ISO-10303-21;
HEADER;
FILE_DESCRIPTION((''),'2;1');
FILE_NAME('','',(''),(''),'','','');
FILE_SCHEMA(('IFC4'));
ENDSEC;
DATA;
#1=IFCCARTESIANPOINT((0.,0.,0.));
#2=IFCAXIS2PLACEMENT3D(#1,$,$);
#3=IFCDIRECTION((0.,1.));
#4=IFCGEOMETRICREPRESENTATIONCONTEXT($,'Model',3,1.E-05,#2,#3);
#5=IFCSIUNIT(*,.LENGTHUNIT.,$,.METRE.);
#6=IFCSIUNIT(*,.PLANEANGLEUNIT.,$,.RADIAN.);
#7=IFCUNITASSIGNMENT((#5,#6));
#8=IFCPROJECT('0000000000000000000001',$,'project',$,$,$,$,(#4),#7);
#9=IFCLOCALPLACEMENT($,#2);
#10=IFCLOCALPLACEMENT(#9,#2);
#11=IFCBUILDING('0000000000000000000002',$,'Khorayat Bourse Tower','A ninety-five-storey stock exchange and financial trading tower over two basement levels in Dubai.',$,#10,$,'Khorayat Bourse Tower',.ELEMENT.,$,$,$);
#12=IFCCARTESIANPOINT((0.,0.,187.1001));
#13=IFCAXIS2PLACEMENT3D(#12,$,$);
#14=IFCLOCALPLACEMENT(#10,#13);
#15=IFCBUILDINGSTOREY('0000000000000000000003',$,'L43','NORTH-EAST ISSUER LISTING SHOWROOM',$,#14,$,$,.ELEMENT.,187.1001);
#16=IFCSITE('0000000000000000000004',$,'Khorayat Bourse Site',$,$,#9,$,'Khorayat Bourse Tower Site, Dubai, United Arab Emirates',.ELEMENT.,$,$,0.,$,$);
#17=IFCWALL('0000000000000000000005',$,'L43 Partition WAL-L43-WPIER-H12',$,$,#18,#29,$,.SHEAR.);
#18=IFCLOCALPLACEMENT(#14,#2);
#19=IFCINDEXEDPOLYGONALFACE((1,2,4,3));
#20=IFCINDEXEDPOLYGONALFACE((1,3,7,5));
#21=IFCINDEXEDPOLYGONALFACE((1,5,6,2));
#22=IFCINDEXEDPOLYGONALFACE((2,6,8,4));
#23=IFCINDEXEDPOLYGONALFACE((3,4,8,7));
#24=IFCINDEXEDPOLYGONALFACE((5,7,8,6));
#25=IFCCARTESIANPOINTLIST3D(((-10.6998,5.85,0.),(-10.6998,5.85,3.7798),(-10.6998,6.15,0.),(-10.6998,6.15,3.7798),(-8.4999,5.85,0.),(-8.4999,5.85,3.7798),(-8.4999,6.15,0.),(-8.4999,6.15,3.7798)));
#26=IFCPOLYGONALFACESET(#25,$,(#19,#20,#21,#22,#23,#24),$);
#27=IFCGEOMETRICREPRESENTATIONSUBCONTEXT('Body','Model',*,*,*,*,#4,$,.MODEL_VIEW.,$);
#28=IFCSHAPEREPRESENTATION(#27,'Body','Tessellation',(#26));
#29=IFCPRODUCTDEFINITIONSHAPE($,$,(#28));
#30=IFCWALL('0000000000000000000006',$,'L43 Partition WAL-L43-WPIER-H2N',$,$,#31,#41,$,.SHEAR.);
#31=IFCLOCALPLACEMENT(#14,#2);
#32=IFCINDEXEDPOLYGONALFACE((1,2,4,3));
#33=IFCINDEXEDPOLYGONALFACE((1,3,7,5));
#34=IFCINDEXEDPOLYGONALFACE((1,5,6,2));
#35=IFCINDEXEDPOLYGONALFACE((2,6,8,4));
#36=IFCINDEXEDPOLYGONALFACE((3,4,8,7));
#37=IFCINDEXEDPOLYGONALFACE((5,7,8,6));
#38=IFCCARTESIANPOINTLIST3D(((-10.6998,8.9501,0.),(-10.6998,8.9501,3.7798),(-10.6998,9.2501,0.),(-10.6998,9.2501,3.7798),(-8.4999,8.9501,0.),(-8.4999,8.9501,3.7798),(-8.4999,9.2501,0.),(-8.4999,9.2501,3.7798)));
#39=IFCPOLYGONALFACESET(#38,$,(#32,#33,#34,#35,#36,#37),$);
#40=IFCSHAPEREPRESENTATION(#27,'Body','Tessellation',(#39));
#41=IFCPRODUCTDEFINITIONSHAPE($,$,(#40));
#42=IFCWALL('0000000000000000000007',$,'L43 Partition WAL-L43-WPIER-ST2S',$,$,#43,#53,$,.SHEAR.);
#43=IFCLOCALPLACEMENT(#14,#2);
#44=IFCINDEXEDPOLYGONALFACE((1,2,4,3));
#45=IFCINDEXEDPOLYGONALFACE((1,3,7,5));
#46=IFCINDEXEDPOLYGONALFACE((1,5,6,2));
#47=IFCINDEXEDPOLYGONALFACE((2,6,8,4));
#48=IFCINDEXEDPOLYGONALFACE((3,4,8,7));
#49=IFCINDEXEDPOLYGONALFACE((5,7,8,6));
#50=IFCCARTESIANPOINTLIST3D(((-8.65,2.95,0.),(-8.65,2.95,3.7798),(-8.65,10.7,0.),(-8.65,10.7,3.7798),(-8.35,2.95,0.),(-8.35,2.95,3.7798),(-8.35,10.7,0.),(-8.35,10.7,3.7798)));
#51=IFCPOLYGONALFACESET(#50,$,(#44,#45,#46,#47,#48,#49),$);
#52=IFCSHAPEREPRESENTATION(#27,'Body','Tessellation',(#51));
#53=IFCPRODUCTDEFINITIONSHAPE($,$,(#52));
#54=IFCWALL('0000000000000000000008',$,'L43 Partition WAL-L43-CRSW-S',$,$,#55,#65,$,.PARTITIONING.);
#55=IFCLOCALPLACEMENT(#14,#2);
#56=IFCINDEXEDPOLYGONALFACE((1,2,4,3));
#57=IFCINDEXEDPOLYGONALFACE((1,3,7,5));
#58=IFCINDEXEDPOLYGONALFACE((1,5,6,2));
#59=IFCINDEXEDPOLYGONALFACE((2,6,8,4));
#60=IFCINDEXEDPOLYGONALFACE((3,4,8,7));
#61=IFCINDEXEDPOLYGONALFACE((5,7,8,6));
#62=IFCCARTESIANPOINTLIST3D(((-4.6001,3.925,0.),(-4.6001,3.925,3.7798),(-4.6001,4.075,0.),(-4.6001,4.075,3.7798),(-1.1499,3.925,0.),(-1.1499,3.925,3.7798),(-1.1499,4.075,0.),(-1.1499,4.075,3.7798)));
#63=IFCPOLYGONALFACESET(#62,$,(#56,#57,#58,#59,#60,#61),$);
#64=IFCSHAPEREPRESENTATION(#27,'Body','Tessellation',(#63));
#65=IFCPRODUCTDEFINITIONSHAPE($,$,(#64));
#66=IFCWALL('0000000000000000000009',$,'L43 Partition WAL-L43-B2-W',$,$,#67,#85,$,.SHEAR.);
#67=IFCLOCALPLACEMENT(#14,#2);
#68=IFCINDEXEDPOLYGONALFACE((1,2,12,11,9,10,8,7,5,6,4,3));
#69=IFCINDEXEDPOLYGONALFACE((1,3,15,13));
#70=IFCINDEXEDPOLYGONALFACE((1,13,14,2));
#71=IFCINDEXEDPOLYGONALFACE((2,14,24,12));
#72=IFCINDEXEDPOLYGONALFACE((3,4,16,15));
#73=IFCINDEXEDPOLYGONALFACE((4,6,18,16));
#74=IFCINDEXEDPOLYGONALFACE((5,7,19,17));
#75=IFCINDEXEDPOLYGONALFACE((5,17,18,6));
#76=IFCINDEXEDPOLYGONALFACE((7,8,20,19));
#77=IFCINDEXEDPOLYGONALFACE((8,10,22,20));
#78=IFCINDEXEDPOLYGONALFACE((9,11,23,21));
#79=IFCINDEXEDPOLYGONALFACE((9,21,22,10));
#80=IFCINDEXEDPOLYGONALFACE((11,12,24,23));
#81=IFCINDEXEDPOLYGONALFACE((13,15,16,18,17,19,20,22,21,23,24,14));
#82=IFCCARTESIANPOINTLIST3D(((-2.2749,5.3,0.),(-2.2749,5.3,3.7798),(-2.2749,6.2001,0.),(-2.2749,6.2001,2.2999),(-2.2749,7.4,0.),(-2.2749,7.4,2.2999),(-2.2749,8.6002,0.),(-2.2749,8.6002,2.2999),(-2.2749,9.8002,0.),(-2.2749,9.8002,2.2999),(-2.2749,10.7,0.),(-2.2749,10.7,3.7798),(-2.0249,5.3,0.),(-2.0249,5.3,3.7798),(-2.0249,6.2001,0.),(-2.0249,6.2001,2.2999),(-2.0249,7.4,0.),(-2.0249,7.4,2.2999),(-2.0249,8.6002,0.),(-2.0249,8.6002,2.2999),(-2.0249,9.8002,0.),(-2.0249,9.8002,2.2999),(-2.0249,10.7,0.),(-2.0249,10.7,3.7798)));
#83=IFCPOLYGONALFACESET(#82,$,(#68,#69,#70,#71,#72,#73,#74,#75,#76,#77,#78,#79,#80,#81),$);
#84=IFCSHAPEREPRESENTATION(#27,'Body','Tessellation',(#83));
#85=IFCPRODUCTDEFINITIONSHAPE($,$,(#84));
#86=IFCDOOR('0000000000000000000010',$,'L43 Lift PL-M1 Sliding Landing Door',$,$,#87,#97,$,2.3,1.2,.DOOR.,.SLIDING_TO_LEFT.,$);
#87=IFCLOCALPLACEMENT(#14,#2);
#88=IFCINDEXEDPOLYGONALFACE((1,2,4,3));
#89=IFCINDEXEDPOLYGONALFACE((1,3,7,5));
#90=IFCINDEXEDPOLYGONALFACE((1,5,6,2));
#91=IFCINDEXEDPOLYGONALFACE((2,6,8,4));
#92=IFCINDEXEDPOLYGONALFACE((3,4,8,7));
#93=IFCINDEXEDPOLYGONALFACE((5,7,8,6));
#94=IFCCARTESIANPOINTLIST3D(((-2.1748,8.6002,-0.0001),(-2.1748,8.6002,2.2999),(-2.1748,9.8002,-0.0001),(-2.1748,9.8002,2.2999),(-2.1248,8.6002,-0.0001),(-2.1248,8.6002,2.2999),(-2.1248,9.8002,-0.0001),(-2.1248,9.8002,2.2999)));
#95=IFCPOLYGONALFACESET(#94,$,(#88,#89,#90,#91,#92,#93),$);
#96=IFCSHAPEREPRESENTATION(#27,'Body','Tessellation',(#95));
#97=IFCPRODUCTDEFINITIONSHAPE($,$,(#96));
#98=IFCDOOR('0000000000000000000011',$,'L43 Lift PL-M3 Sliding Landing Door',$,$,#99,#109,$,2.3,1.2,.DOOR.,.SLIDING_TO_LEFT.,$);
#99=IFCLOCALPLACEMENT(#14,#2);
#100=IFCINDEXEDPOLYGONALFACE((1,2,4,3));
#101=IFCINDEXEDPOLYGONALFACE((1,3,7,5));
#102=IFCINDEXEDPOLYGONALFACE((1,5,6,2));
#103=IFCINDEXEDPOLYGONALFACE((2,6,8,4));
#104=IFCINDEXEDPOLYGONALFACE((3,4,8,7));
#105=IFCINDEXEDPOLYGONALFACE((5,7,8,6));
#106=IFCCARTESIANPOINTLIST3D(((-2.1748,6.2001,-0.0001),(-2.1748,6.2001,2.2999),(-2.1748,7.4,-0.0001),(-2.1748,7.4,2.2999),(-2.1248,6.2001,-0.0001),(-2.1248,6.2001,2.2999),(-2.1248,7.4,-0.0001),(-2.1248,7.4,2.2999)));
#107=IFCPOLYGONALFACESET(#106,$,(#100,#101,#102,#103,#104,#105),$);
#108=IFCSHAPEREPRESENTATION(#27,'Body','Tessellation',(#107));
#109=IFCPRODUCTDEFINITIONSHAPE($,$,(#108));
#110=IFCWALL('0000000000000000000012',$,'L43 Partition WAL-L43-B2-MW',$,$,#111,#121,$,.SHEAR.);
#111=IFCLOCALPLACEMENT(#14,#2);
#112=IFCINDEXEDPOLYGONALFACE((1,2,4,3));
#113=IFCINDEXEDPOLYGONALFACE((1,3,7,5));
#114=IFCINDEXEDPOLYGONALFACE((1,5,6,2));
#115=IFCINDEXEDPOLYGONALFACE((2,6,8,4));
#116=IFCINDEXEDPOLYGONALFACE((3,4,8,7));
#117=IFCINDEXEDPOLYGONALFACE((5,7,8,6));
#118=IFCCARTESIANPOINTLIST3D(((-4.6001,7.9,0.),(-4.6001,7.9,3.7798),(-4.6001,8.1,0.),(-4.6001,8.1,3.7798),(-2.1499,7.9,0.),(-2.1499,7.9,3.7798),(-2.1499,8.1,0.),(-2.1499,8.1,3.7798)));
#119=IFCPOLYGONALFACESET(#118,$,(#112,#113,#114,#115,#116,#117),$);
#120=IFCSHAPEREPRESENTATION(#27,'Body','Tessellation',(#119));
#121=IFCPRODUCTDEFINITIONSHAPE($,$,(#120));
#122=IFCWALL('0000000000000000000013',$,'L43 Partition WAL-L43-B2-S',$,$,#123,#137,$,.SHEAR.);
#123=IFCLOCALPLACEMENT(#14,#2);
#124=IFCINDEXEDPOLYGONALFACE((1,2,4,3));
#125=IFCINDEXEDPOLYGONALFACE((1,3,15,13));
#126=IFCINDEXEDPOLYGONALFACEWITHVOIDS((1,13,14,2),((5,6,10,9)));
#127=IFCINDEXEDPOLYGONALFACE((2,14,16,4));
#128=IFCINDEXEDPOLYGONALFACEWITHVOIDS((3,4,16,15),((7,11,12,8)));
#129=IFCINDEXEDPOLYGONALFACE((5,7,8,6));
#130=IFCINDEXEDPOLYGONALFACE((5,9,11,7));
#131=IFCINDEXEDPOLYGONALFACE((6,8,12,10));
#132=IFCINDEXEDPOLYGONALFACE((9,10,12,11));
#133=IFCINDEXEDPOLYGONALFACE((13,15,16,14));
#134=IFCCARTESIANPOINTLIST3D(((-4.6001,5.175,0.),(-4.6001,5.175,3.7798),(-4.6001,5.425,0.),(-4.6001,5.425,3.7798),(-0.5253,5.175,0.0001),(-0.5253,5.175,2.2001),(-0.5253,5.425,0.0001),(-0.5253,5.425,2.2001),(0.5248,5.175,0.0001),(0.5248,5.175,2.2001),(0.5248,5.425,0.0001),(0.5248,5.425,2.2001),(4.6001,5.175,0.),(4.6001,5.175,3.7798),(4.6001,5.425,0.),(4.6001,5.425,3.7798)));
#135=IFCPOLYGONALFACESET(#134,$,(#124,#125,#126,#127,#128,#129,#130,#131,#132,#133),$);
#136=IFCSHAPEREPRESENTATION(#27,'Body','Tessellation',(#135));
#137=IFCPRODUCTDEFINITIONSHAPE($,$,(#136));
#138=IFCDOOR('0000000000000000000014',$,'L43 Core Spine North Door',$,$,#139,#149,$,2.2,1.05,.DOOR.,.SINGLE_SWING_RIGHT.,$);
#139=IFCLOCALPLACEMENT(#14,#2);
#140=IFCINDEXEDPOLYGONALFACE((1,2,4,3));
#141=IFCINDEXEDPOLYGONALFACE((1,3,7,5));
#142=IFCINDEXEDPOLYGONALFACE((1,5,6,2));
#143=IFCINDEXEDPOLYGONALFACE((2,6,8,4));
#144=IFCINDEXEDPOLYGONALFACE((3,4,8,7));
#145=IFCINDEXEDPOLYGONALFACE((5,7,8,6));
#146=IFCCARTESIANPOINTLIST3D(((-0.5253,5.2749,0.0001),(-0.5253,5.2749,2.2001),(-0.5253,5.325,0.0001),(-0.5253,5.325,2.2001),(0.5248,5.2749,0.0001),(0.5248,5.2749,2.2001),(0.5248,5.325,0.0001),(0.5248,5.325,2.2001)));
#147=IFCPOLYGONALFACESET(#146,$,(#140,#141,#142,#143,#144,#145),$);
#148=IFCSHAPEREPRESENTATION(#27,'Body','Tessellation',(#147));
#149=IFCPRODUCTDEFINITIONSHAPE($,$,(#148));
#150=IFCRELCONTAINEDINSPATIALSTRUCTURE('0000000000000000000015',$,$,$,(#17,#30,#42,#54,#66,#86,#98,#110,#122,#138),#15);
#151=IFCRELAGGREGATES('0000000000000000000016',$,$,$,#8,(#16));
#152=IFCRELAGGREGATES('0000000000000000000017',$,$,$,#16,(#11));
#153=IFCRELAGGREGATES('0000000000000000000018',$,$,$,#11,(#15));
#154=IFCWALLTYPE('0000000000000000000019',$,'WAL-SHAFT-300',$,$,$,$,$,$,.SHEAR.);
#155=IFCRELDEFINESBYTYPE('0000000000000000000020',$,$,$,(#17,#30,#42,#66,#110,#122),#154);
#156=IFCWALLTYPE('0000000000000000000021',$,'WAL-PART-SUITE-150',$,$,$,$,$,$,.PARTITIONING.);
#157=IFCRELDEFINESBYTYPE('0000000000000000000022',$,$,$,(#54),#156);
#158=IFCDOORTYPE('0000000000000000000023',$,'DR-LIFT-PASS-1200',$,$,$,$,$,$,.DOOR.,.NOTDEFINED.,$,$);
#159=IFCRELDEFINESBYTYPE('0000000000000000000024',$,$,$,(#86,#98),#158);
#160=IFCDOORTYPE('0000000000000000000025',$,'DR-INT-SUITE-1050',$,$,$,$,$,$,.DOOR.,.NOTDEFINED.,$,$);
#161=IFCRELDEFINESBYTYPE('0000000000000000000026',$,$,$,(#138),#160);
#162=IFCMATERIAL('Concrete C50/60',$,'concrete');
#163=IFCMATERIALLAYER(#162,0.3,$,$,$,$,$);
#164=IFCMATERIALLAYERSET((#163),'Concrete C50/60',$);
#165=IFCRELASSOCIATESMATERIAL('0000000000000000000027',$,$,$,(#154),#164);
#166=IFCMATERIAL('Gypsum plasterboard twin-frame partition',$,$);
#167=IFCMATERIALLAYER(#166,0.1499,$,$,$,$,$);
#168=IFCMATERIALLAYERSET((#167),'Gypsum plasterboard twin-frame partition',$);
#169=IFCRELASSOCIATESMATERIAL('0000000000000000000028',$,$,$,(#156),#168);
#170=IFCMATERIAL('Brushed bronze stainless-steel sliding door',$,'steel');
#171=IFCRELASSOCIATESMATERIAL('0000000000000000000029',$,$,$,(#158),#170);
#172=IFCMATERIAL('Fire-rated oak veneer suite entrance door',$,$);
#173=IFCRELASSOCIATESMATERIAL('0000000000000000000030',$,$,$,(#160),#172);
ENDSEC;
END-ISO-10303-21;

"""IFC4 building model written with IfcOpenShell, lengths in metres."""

from ifc_helpers import new_model, si_unit, direction, frame, frame_2d, origin, place, context, subcontext, project, spatial, rectangle, extrude, source, transform, mapped, material, layer, layer_set, type_object, element, fill, save


model = new_model("IFC4")

# Units and contexts
model_context = context("Model", 3, precision=1e-05, world=origin(), true_north=direction((0.0, 1.0)))
body_context = subcontext(model_context, "Body", "Model", "MODEL_VIEW")
ifc_project = project(units=[si_unit("LENGTHUNIT", "METRE"), si_unit("PLANEANGLEUNIT", "RADIAN")], contexts=[model_context])

# Site, building, storey
site_placement = place(None, origin())
site = spatial("IfcSite", under=ifc_project, at=site_placement, Name="Khorayat Bourse Site", LongName="Khorayat Bourse Tower Site, Dubai, United Arab Emirates", CompositionType="ELEMENT", RefElevation=0.0)
building_placement = place(site_placement, origin())
building = spatial("IfcBuilding", under=site, at=building_placement, Name="Khorayat Bourse Tower", Description="A ninety-five-storey stock exchange and financial trading tower over two basement levels in Dubai.", LongName="Khorayat Bourse Tower", CompositionType="ELEMENT")
storey_placement = place(building_placement, frame((0.0, 0.0, 187.1001)))
storey = spatial("IfcBuildingStorey", under=building, at=storey_placement, Name="L43", Description="NORTH-EAST ISSUER LISTING SHOWROOM", CompositionType="ELEMENT", Elevation=187.1001)

# Walls
ifc_material_1 = material(Name="Concrete C50/60", Category="concrete")
ifc_layer_1 = layer(ifc_material_1, 0.3)
ifc_layer_set_1 = layer_set([ifc_layer_1], Name="Concrete C50/60")
wall_type_1 = type_object("IfcWallType", Name="WAL-SHAFT-300", PredefinedType="SHEAR", material=ifc_layer_set_1)
shared_shape_1 = source(origin(), body_context, "Body", "SweptSolid", [
    extrude(rectangle(XDim=2.2, YDim=0.3, at=frame_2d((1.1001, 0.0))), origin(), (0.0, 0.0, 1.0), 3.7798),
])
for number, where, z_axis, x_axis, name in (
    (1, (-10.7, 6.0, 0.0), (0.0, 0.0, 1.0), (1.0, 0.0, 0.0), "L43 Partition WAL-L43-WPIER-H12"),
    (2, (-10.7, 9.1001, 0.0), (0.0, 0.0, 1.0), (1.0, 0.0, 0.0), "L43 Partition WAL-L43-WPIER-H2N"),
):
    element("IfcWall", number, at=place(storey_placement, frame(where, z_axis=z_axis, x_axis=x_axis)), inside=storey, type_object=wall_type_1, Name=name, PredefinedType="SHEAR", context=body_context, shape_type="MappedRepresentation", body=[
        mapped(shared_shape_1, transform((0.0, 0.0, 0.0), scale=1.0)),
    ])
shared_shape_2 = source(origin(), body_context, "Body", "SweptSolid", [
    extrude(rectangle(XDim=7.75, YDim=0.3, at=frame_2d((3.875, 0.0))), origin(), (0.0, 0.0, 1.0), 3.7798),
])
wall_1_placement = place(storey_placement, frame((-8.5, 2.95, 0.0), z_axis=(0.0, 0.0, 1.0), x_axis=(0.0, 1.0, 0.0)))
element("IfcWall", 3, at=wall_1_placement, inside=storey, type_object=wall_type_1, Name="L43 Partition WAL-L43-WPIER-ST2S", PredefinedType="SHEAR", context=body_context, shape_type="MappedRepresentation", body=[
    mapped(shared_shape_2, transform((0.0, 0.0, 0.0), scale=1.0)),
])
ifc_material_2 = material(Name="Gypsum plasterboard twin-frame partition")
ifc_layer_2 = layer(ifc_material_2, 0.1499)
ifc_layer_set_2 = layer_set([ifc_layer_2], Name="Gypsum plasterboard twin-frame partition")
wall_type_2 = type_object("IfcWallType", Name="WAL-PART-SUITE-150", PredefinedType="PARTITIONING", material=ifc_layer_set_2)
shared_shape_3 = source(origin(), body_context, "Body", "SweptSolid", [
    extrude(rectangle(XDim=3.4502, YDim=0.1499, at=frame_2d((1.7251, 0.0))), origin(), (0.0, 0.0, 1.0), 3.7798),
])
wall_2_placement = place(storey_placement, frame((-4.6001, 4.0, 0.0), z_axis=(0.0, 0.0, 1.0), x_axis=(1.0, 0.0, 0.0)))
element("IfcWall", 4, at=wall_2_placement, inside=storey, type_object=wall_type_2, Name="L43 Partition WAL-L43-CRSW-S", PredefinedType="PARTITIONING", context=body_context, shape_type="MappedRepresentation", body=[
    mapped(shared_shape_3, transform((0.0, 0.0, 0.0), scale=1.0)),
])

# Wall, openings, doors
shared_shape_4 = source(origin(), body_context, "Body", "SweptSolid", [
    extrude(rectangle(XDim=5.3999, YDim=0.25, at=frame_2d((2.7, 0.0))), origin(), (0.0, 0.0, 1.0), 3.7798),
])
wall_3_placement = place(storey_placement, frame((-2.1499, 5.3, 0.0), z_axis=(0.0, 0.0, 1.0), x_axis=(0.0, 1.0, 0.0)))
wall_3 = element("IfcWall", 5, at=wall_3_placement, inside=storey, type_object=wall_type_1, Name="L43 Partition WAL-L43-B2-W", PredefinedType="SHEAR", context=body_context, shape_type="MappedRepresentation", body=[
    mapped(shared_shape_4, transform((0.0, 0.0, 0.0), scale=1.0)),
])
shared_shape_5 = source(origin(), body_context, "Body", "SweptSolid", [
    extrude(rectangle(XDim=1.2, YDim=2.3, at=frame_2d((0.6001, 1.1499))), frame((0.0, 0.135, 0.0), z_axis=(0.0, -1.0, 0.0), x_axis=(1.0, 0.0, 0.0)), (0.0, 0.0, 1.0), 0.27),
])
opening_1_placement = place(wall_3_placement, frame((3.3, 0.0, 0.0)))
opening_1 = element("IfcOpeningElement", 6, at=opening_1_placement, cuts=wall_3, PredefinedType="OPENING", context=body_context, shape_type="MappedRepresentation", body=[
    mapped(shared_shape_5, transform((0.0, 0.0, 0.0), scale=1.0)),
])
opening_2_placement = place(wall_3_placement, frame((0.8999, 0.0, 0.0)))
opening_2 = element("IfcOpeningElement", 7, at=opening_2_placement, cuts=wall_3, PredefinedType="OPENING", context=body_context, shape_type="MappedRepresentation", body=[
    mapped(shared_shape_5, transform((0.0, 0.0, 0.0), scale=1.0)),
])
ifc_material_3 = material(Name="Brushed bronze stainless-steel sliding door", Category="steel")
door_type_1 = type_object("IfcDoorType", Name="DR-LIFT-PASS-1200", OperationType="NOTDEFINED", PredefinedType="DOOR", material=ifc_material_3)
shared_shape_6 = source(origin(), body_context, "Body", "SweptSolid", [
    extrude(rectangle(XDim=1.2, YDim=2.3, at=frame_2d((0.6001, 1.1499))), frame((0.0, 0.0249, 0.0), z_axis=(0.0, -1.0, 0.0), x_axis=(1.0, 0.0, 0.0)), (0.0, 0.0, 1.0), 0.05),
])
door_1_placement = place(opening_1_placement, origin())
door_1 = element("IfcDoor", 8, at=door_1_placement, inside=storey, type_object=door_type_1, Name="L43 Lift PL-M1 Sliding Landing Door", OperationType="SLIDING_TO_LEFT", OverallHeight=2.3, OverallWidth=1.2, PredefinedType="DOOR", context=body_context, shape_type="MappedRepresentation", body=[
    mapped(shared_shape_6, transform((0.0, 0.0, 0.0), scale=1.0)),
])
fill(opening_1, door_1)
door_2_placement = place(opening_2_placement, origin())
door_2 = element("IfcDoor", 9, at=door_2_placement, inside=storey, type_object=door_type_1, Name="L43 Lift PL-M3 Sliding Landing Door", OperationType="SLIDING_TO_LEFT", OverallHeight=2.3, OverallWidth=1.2, PredefinedType="DOOR", context=body_context, shape_type="MappedRepresentation", body=[
    mapped(shared_shape_6, transform((0.0, 0.0, 0.0), scale=1.0)),
])
fill(opening_2, door_2)

# Wall
shared_shape_7 = source(origin(), body_context, "Body", "SweptSolid", [
    extrude(rectangle(XDim=2.4502, YDim=0.2, at=frame_2d((1.2251, 0.0))), origin(), (0.0, 0.0, 1.0), 3.7798),
])
wall_4_placement = place(storey_placement, frame((-4.6001, 8.0, 0.0), z_axis=(0.0, 0.0, 1.0), x_axis=(1.0, 0.0, 0.0)))
element("IfcWall", 10, at=wall_4_placement, inside=storey, type_object=wall_type_1, Name="L43 Partition WAL-L43-B2-MW", PredefinedType="SHEAR", context=body_context, shape_type="MappedRepresentation", body=[
    mapped(shared_shape_7, transform((0.0, 0.0, 0.0), scale=1.0)),
])

# Wall, opening, door
shared_shape_8 = source(origin(), body_context, "Body", "SweptSolid", [
    extrude(rectangle(XDim=9.2002, YDim=0.25, at=frame_2d((4.6001, 0.0))), origin(), (0.0, 0.0, 1.0), 3.7798),
])
wall_5_placement = place(storey_placement, frame((-4.6001, 5.3, 0.0), z_axis=(0.0, 0.0, 1.0), x_axis=(1.0, 0.0, 0.0)))
wall_5 = element("IfcWall", 11, at=wall_5_placement, inside=storey, type_object=wall_type_1, Name="L43 Partition WAL-L43-B2-S", PredefinedType="SHEAR", context=body_context, shape_type="MappedRepresentation", body=[
    mapped(shared_shape_8, transform((0.0, 0.0, 0.0), scale=1.0)),
])
shared_shape_9 = source(origin(), body_context, "Body", "SweptSolid", [
    extrude(rectangle(XDim=1.05, YDim=2.2, at=frame_2d((0.5249, 1.1001))), frame((0.0, 0.135, 0.0), z_axis=(0.0, -1.0, 0.0), x_axis=(1.0, 0.0, 0.0)), (0.0, 0.0, 1.0), 0.27),
])
opening_3_placement = place(wall_5_placement, frame((4.075, 0.0, 0.0)))
opening_3 = element("IfcOpeningElement", 12, at=opening_3_placement, cuts=wall_5, PredefinedType="OPENING", context=body_context, shape_type="MappedRepresentation", body=[
    mapped(shared_shape_9, transform((0.0, 0.0, 0.0), scale=1.0)),
])
ifc_material_4 = material(Name="Fire-rated oak veneer suite entrance door")
door_type_2 = type_object("IfcDoorType", Name="DR-INT-SUITE-1050", OperationType="NOTDEFINED", PredefinedType="DOOR", material=ifc_material_4)
shared_shape_10 = source(origin(), body_context, "Body", "SweptSolid", [
    extrude(rectangle(XDim=1.05, YDim=2.2, at=frame_2d((0.5249, 1.1001))), frame((0.0, 0.0249, 0.0), z_axis=(0.0, -1.0, 0.0), x_axis=(1.0, 0.0, 0.0)), (0.0, 0.0, 1.0), 0.05),
])
door_3_placement = place(opening_3_placement, origin())
door_3 = element("IfcDoor", 13, at=door_3_placement, inside=storey, type_object=door_type_2, Name="L43 Core Spine North Door", OperationType="SINGLE_SWING_RIGHT", OverallHeight=2.2, OverallWidth=1.05, PredefinedType="DOOR", context=body_context, shape_type="MappedRepresentation", body=[
    mapped(shared_shape_10, transform((0.0, 0.0, 0.0), scale=1.0)),
])
fill(opening_3, door_3)

save(model, "model.ifc")
